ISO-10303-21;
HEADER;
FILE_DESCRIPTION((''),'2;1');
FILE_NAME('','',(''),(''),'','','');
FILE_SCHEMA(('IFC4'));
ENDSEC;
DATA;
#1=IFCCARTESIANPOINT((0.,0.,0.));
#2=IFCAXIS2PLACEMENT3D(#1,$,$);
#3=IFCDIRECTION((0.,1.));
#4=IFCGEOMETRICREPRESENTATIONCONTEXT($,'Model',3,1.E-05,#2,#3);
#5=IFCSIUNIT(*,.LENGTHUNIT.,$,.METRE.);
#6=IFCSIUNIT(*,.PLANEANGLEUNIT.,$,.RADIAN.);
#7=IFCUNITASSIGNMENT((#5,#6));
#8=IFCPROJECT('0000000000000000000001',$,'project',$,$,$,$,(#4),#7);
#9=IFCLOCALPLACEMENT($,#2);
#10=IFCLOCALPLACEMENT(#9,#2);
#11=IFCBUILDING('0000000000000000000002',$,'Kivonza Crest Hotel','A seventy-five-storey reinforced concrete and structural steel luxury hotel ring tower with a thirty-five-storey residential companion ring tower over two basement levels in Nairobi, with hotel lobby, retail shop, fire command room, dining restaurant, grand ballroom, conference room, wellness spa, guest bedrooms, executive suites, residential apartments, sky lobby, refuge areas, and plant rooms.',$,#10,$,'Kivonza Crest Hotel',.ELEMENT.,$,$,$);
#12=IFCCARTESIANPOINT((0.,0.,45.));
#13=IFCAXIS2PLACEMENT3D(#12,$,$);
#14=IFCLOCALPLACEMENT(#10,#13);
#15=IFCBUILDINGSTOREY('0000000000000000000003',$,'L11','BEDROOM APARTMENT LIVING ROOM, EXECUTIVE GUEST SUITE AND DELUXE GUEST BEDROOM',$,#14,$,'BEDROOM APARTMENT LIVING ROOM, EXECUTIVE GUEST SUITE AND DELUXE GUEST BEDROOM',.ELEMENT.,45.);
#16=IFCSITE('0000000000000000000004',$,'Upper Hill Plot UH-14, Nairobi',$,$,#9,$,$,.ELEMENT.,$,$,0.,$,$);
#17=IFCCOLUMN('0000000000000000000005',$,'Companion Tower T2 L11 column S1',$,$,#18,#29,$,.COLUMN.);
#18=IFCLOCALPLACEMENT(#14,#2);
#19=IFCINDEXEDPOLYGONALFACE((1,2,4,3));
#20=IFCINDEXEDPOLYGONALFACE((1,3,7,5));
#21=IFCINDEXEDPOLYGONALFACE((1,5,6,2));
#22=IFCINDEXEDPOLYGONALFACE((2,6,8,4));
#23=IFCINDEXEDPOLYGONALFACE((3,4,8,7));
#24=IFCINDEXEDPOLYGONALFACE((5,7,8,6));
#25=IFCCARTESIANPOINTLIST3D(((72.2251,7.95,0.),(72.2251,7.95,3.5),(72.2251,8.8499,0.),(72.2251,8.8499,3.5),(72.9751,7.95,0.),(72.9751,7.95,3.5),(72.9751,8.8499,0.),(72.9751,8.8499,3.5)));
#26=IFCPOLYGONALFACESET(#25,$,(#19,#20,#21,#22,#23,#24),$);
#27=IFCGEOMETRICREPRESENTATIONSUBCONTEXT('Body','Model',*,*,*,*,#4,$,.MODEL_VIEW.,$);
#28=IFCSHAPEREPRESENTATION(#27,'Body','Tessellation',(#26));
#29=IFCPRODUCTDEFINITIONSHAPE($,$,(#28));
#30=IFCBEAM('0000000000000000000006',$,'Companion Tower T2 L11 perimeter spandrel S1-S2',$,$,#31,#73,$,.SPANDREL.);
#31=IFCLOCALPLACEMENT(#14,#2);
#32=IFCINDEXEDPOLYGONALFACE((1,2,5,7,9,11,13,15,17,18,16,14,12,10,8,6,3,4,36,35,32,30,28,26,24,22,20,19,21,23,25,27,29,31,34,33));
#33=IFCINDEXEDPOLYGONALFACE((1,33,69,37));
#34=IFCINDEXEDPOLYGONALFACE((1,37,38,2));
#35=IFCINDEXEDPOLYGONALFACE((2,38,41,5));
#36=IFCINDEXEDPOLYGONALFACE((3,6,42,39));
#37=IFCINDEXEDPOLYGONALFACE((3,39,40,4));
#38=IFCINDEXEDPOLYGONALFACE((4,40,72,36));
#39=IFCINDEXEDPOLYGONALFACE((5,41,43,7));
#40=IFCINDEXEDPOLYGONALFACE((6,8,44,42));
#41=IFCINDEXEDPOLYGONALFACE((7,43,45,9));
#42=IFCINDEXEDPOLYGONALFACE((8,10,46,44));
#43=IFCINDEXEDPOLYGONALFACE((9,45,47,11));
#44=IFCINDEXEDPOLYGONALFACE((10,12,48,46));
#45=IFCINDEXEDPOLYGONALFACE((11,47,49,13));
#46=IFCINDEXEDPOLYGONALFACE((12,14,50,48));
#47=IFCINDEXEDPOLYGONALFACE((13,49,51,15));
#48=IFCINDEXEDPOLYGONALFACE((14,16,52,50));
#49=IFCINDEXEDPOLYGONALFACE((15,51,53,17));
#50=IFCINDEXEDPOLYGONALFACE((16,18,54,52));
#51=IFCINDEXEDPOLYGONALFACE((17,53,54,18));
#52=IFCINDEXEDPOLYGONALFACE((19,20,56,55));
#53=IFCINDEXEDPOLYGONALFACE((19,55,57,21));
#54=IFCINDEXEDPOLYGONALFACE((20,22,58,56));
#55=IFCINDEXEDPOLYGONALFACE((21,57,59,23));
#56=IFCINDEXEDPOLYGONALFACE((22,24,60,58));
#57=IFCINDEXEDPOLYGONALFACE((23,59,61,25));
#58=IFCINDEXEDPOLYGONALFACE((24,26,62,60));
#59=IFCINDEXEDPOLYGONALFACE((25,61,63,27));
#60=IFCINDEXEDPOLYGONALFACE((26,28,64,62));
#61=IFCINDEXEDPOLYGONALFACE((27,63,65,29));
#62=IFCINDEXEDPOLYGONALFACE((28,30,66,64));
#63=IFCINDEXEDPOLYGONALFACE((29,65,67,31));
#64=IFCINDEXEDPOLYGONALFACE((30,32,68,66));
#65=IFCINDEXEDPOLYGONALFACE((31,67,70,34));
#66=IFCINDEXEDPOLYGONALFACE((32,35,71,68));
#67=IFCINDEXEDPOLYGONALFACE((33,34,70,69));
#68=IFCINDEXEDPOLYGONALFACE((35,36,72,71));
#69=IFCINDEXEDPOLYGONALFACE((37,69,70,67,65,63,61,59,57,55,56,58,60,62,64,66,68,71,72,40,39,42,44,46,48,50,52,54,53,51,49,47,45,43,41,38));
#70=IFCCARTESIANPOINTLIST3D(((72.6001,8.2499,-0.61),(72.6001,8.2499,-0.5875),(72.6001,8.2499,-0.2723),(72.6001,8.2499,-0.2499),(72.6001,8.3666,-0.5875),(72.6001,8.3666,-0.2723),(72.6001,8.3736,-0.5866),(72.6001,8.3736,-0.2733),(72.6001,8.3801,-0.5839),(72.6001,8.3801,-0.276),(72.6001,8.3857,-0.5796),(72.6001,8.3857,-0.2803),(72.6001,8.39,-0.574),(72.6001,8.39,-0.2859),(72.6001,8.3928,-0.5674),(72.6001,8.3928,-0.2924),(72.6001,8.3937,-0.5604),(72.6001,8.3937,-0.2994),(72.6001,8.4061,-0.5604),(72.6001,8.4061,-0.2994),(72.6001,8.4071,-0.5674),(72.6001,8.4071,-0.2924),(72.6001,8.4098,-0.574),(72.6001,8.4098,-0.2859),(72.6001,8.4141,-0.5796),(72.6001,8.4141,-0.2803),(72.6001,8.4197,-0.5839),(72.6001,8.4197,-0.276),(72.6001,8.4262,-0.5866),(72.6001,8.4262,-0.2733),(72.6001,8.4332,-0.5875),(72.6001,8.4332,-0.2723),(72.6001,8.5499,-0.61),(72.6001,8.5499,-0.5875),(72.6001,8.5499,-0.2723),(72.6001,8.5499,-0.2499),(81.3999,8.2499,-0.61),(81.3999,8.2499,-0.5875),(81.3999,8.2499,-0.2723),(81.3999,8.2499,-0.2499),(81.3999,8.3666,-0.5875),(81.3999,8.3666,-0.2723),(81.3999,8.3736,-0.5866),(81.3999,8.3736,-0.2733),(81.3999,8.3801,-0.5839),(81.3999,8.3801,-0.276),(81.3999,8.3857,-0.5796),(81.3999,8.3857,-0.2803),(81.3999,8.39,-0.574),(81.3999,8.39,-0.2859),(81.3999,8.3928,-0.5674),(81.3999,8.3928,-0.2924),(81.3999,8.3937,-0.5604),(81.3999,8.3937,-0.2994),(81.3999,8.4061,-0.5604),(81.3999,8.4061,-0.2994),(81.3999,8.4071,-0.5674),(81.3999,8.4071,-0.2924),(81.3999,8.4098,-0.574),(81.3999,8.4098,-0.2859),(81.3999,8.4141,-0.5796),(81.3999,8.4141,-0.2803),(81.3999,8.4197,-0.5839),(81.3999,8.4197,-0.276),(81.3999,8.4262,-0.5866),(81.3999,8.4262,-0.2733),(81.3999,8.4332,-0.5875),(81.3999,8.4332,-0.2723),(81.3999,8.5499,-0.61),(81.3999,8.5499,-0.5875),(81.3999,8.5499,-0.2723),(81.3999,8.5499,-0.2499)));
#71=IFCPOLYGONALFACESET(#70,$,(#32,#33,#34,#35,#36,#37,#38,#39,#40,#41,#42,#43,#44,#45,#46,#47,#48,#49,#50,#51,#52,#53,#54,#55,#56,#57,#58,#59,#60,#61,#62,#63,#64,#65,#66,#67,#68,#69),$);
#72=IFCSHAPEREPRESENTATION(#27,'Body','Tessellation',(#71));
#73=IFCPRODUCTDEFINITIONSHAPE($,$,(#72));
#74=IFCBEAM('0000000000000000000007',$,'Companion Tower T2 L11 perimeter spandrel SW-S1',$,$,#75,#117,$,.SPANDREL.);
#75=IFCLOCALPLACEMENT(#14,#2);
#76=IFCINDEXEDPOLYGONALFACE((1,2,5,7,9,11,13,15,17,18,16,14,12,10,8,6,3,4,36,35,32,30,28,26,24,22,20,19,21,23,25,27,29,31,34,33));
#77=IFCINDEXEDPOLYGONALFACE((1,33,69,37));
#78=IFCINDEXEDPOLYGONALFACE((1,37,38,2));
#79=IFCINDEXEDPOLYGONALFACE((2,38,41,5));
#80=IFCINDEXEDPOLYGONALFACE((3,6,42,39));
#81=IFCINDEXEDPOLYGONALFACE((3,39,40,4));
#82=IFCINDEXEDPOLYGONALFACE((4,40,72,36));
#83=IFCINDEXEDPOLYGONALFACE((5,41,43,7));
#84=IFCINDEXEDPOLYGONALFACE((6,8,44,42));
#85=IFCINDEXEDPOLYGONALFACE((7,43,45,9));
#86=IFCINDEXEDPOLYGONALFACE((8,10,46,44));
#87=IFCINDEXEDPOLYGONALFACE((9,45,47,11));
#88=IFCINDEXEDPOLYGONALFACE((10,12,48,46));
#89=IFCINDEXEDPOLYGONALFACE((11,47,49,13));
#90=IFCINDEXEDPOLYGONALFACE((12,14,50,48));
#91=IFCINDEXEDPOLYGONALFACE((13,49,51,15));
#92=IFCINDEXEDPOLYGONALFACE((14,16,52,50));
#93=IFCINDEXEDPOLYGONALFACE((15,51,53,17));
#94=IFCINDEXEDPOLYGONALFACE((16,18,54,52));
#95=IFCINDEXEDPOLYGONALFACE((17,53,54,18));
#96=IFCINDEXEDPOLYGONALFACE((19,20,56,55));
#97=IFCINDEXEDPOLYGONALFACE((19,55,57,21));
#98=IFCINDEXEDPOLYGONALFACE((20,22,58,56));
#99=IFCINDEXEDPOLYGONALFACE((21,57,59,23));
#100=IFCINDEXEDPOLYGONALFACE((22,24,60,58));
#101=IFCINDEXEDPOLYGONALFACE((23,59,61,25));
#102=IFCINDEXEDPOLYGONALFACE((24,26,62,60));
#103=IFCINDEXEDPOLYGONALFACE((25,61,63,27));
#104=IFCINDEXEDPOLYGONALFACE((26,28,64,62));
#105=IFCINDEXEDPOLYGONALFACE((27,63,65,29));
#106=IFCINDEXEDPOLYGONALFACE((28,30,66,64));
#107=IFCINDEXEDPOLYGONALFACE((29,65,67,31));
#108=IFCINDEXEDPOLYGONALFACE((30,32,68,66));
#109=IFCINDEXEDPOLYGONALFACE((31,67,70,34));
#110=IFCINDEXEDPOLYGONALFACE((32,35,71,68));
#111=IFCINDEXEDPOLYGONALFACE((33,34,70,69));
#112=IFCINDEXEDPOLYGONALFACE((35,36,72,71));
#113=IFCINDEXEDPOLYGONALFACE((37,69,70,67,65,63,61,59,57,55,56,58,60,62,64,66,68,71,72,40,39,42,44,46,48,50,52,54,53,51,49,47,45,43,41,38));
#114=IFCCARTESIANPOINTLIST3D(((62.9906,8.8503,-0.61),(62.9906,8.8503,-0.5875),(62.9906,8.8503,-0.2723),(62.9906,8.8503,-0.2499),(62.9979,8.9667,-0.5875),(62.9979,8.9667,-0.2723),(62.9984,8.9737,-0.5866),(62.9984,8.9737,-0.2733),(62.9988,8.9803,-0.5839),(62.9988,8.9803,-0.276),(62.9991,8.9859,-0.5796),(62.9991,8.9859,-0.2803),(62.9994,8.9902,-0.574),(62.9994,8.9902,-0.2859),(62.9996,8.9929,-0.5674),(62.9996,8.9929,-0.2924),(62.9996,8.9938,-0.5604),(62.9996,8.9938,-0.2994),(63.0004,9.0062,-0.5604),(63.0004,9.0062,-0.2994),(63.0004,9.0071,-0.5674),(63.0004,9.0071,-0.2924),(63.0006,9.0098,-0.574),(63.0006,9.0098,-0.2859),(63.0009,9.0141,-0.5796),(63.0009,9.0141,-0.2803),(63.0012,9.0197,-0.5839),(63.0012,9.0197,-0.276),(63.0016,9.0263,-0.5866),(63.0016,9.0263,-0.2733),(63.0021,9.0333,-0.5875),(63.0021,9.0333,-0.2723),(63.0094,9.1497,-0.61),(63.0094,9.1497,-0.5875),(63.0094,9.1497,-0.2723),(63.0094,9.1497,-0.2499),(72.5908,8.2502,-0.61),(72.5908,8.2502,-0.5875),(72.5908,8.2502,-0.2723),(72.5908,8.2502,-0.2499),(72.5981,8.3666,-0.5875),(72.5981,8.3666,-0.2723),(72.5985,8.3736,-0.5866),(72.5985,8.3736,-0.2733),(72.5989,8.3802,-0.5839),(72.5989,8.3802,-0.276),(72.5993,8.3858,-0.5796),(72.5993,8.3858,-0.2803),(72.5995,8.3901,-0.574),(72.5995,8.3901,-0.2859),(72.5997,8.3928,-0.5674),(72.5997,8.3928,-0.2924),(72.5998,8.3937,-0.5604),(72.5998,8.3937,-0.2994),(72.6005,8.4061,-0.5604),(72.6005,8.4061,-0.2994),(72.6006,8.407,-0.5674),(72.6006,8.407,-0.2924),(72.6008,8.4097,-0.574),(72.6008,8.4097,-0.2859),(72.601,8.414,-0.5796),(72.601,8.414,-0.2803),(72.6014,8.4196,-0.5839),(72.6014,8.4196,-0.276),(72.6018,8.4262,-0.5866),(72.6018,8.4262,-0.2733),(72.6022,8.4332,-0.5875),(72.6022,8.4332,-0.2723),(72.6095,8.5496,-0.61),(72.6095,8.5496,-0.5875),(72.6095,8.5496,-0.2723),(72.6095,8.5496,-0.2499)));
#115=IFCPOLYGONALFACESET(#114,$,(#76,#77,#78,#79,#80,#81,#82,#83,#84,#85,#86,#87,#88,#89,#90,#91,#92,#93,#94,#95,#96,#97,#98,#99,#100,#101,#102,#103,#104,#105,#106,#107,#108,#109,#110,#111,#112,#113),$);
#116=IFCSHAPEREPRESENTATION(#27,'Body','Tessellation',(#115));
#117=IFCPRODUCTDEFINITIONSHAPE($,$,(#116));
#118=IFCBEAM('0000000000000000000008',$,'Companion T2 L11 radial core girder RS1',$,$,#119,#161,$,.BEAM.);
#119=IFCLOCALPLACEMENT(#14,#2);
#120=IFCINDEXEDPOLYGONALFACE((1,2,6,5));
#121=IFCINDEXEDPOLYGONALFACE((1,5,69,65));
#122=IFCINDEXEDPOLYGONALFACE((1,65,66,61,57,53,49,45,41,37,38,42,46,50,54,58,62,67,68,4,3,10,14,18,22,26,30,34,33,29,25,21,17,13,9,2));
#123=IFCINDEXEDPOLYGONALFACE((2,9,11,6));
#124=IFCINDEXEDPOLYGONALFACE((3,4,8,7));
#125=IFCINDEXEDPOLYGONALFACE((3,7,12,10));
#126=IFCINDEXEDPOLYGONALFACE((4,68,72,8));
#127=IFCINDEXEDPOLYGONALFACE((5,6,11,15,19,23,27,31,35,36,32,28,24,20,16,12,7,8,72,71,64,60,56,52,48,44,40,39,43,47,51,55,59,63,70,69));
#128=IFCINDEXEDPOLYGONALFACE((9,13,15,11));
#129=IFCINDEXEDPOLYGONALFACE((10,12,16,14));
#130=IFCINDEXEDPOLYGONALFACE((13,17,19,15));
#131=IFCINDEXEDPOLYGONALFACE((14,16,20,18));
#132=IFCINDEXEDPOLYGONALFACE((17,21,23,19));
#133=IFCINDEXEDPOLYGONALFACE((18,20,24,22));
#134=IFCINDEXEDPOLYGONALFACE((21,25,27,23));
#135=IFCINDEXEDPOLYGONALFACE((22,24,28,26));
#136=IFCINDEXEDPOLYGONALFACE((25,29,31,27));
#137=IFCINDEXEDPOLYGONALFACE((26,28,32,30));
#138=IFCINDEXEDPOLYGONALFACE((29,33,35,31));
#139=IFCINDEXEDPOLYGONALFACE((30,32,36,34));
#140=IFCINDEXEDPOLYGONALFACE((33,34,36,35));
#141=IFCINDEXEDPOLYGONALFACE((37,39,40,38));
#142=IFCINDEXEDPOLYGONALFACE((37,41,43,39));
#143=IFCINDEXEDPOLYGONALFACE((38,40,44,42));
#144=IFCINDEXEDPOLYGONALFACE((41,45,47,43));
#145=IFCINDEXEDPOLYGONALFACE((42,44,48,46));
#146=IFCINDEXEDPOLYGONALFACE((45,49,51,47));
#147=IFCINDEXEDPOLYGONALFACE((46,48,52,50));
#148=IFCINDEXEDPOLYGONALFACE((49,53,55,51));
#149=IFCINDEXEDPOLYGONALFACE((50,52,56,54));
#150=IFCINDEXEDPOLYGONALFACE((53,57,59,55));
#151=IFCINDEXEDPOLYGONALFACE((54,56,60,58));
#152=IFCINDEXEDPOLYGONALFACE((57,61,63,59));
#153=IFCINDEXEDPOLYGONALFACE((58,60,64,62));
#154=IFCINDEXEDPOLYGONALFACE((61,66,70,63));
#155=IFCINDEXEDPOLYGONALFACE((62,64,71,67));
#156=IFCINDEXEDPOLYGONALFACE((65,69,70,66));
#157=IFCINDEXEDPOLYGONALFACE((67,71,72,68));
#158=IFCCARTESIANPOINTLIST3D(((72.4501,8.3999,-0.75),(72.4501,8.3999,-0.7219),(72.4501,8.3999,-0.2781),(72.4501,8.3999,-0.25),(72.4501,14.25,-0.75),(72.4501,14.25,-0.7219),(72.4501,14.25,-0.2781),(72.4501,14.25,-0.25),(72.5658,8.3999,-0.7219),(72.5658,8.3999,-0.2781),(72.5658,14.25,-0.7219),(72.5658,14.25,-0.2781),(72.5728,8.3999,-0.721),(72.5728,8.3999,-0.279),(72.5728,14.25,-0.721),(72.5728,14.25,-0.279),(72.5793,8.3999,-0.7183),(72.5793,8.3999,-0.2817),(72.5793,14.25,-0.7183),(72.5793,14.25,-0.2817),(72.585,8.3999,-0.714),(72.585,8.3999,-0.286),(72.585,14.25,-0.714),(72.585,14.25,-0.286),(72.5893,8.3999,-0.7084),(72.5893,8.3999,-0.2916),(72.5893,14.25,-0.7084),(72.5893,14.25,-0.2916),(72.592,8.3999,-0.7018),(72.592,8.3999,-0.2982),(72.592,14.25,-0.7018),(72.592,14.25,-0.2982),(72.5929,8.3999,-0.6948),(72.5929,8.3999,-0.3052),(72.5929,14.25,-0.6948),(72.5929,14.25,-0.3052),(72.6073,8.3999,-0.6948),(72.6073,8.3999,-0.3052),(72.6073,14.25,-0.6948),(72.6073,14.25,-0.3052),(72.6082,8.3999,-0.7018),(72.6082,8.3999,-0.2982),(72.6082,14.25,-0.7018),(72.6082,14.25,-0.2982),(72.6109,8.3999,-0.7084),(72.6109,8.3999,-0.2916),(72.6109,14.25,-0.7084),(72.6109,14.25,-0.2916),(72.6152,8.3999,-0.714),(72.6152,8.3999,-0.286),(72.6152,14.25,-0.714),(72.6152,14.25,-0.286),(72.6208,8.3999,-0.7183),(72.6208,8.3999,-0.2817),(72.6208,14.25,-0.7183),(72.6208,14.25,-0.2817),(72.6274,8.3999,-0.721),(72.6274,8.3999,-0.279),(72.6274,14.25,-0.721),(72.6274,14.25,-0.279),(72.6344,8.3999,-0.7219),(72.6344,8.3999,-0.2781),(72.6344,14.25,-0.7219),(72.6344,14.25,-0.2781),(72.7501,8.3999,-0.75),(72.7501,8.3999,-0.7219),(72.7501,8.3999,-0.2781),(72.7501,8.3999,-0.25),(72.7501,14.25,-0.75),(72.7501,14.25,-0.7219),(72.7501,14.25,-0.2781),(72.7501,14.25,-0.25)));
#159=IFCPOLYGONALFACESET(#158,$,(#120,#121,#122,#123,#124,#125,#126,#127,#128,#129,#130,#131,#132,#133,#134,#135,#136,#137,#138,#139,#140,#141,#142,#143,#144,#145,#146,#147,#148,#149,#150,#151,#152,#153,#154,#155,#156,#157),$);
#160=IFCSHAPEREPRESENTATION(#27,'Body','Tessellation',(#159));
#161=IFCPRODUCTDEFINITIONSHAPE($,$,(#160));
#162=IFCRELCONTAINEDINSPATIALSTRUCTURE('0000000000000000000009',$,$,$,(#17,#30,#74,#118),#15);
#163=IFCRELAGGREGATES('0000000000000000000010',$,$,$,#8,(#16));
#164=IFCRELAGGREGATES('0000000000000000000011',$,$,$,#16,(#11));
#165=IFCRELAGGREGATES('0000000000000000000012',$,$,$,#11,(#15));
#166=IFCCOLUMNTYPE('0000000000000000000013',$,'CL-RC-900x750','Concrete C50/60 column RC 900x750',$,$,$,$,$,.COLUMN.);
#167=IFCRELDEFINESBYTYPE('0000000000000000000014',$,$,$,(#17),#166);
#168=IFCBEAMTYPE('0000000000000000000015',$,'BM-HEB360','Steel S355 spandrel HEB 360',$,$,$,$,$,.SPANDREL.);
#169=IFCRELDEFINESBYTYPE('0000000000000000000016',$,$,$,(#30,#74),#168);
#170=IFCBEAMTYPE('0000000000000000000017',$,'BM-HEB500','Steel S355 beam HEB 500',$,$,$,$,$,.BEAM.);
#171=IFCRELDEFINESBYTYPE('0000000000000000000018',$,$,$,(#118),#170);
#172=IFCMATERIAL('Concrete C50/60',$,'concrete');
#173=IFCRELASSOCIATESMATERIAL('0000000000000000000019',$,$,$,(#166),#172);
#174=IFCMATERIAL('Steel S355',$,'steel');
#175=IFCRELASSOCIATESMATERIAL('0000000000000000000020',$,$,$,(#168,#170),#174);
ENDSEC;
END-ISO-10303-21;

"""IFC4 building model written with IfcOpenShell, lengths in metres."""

from ifc_helpers import new_model, si_unit, direction, frame, origin, origin_2d, place, context, subcontext, project, spatial, rectangle, i_section, extrude, material, material_profile, profile_set, type_object, element, save


model = new_model("IFC4")

# Units and contexts
model_context = context("Model", 3, precision=1e-05, world=origin(), true_north=direction((0.0, 1.0)))
body_context = subcontext(model_context, "Body", "Model", "MODEL_VIEW")
ifc_project = project(units=[si_unit("LENGTHUNIT", "METRE"), si_unit("PLANEANGLEUNIT", "RADIAN")], contexts=[model_context])

# Site, building, storey
site_placement = place(None, origin())
site = spatial("IfcSite", under=ifc_project, at=site_placement, Name="Upper Hill Plot UH-14, Nairobi", CompositionType="ELEMENT", RefElevation=0.0)
building_placement = place(site_placement, origin())
building = spatial("IfcBuilding", under=site, at=building_placement, Name="Kivonza Crest Hotel", Description="A seventy-five-storey reinforced concrete and structural steel luxury hotel ring tower with a thirty-five-storey residential companion ring tower over two basement levels in Nairobi, with hotel lobby, retail shop, fire command room, dining restaurant, grand ballroom, conference room, wellness spa, guest bedrooms, executive suites, residential apartments, sky lobby, refuge areas, and plant rooms.", LongName="Kivonza Crest Hotel", CompositionType="ELEMENT")
storey_placement = place(building_placement, frame((0.0, 0.0, 45.0)))
storey = spatial("IfcBuildingStorey", under=building, at=storey_placement, Name="L11", Description="BEDROOM APARTMENT LIVING ROOM, EXECUTIVE GUEST SUITE AND DELUXE GUEST BEDROOM", LongName="BEDROOM APARTMENT LIVING ROOM, EXECUTIVE GUEST SUITE AND DELUXE GUEST BEDROOM", CompositionType="ELEMENT", Elevation=45.0)

# Column
ifc_material_1 = material(Name="Concrete C50/60", Category="concrete")
ifc_material_profile_1 = material_profile(ifc_material_1, rectangle(XDim=0.75, YDim=0.8999, at=origin_2d()), Name="RC 900x750")
ifc_profile_set_1 = profile_set([ifc_material_profile_1], Name="Concrete C50/60")
column_type = type_object("IfcColumnType", Name="CL-RC-900x750", Description="Concrete C50/60 column RC 900x750", PredefinedType="COLUMN", material=ifc_profile_set_1)
column_placement = place(storey_placement, frame((72.6001, 8.3999, 0.0), z_axis=(0.0, 0.0, 1.0), x_axis=(1.0, 0.0, 0.0)))
element("IfcColumn", 1, at=column_placement, inside=storey, type_object=column_type, Name="Companion Tower T2 L11 column S1", PredefinedType="COLUMN", context=body_context, shape_type="SweptSolid", body=[
    extrude(rectangle(XDim=0.75, YDim=0.8999, at=origin_2d()), origin(), (0.0, 0.0, 1.0), 3.5),
])

# Beams
ifc_material_2 = material(Name="Steel S355", Category="steel")
ifc_material_profile_2 = material_profile(ifc_material_2, i_section(OverallWidth=0.3, OverallDepth=0.3601, WebThickness=0.0125, FlangeThickness=0.0225, FilletRadius=0.0271, at=origin_2d()), Name="HEB 360")
ifc_profile_set_2 = profile_set([ifc_material_profile_2], Name="Steel S355")
beam_type_1 = type_object("IfcBeamType", Name="BM-HEB360", Description="Steel S355 spandrel HEB 360", PredefinedType="SPANDREL", material=ifc_profile_set_2)
beam_1_placement = place(storey_placement, frame((72.6001, 8.3999, -0.4299), z_axis=(1.0, 0.0, 0.0), x_axis=(0.0, 1.0, 0.0)))
element("IfcBeam", 2, at=beam_1_placement, inside=storey, type_object=beam_type_1, Name="Companion Tower T2 L11 perimeter spandrel S1-S2", PredefinedType="SPANDREL", context=body_context, shape_type="SweptSolid", body=[
    extrude(i_section(OverallWidth=0.3, OverallDepth=0.3601, WebThickness=0.0125, FlangeThickness=0.0225, FilletRadius=0.0271, at=origin_2d()), origin(), (0.0, 0.0, 1.0), 8.7998),
])
beam_2_placement = place(storey_placement, frame((63.0, 9.0, -0.4299), z_axis=(0.998052, -0.062388, 0.0), x_axis=(0.062388, 0.998052, 0.0)))
element("IfcBeam", 3, at=beam_2_placement, inside=storey, type_object=beam_type_1, Name="Companion Tower T2 L11 perimeter spandrel SW-S1", PredefinedType="SPANDREL", context=body_context, shape_type="SweptSolid", body=[
    extrude(i_section(OverallWidth=0.3, OverallDepth=0.3601, WebThickness=0.0125, FlangeThickness=0.0225, FilletRadius=0.0271, at=origin_2d()), origin(), (0.0, 0.0, 1.0), 9.6189),
])
ifc_material_profile_3 = material_profile(ifc_material_2, i_section(OverallWidth=0.3, OverallDepth=0.5, WebThickness=0.0144, FlangeThickness=0.0281, FilletRadius=0.0271, at=origin_2d()), Name="HEB 500")
ifc_profile_set_3 = profile_set([ifc_material_profile_3], Name="Steel S355")
beam_type_2 = type_object("IfcBeamType", Name="BM-HEB500", Description="Steel S355 beam HEB 500", PredefinedType="BEAM", material=ifc_profile_set_3)
beam_3_placement = place(storey_placement, frame((72.6001, 8.3999, -0.5), z_axis=(0.0, 1.0, 0.0), x_axis=(-1.0, 0.0, 0.0)))
element("IfcBeam", 4, at=beam_3_placement, inside=storey, type_object=beam_type_2, Name="Companion T2 L11 radial core girder RS1", PredefinedType="BEAM", context=body_context, shape_type="SweptSolid", body=[
    extrude(i_section(OverallWidth=0.3, OverallDepth=0.5, WebThickness=0.0144, FlangeThickness=0.0281, FilletRadius=0.0271, at=origin_2d()), origin(), (0.0, 0.0, 1.0), 5.8501),
])

save(model, "model.ifc")
